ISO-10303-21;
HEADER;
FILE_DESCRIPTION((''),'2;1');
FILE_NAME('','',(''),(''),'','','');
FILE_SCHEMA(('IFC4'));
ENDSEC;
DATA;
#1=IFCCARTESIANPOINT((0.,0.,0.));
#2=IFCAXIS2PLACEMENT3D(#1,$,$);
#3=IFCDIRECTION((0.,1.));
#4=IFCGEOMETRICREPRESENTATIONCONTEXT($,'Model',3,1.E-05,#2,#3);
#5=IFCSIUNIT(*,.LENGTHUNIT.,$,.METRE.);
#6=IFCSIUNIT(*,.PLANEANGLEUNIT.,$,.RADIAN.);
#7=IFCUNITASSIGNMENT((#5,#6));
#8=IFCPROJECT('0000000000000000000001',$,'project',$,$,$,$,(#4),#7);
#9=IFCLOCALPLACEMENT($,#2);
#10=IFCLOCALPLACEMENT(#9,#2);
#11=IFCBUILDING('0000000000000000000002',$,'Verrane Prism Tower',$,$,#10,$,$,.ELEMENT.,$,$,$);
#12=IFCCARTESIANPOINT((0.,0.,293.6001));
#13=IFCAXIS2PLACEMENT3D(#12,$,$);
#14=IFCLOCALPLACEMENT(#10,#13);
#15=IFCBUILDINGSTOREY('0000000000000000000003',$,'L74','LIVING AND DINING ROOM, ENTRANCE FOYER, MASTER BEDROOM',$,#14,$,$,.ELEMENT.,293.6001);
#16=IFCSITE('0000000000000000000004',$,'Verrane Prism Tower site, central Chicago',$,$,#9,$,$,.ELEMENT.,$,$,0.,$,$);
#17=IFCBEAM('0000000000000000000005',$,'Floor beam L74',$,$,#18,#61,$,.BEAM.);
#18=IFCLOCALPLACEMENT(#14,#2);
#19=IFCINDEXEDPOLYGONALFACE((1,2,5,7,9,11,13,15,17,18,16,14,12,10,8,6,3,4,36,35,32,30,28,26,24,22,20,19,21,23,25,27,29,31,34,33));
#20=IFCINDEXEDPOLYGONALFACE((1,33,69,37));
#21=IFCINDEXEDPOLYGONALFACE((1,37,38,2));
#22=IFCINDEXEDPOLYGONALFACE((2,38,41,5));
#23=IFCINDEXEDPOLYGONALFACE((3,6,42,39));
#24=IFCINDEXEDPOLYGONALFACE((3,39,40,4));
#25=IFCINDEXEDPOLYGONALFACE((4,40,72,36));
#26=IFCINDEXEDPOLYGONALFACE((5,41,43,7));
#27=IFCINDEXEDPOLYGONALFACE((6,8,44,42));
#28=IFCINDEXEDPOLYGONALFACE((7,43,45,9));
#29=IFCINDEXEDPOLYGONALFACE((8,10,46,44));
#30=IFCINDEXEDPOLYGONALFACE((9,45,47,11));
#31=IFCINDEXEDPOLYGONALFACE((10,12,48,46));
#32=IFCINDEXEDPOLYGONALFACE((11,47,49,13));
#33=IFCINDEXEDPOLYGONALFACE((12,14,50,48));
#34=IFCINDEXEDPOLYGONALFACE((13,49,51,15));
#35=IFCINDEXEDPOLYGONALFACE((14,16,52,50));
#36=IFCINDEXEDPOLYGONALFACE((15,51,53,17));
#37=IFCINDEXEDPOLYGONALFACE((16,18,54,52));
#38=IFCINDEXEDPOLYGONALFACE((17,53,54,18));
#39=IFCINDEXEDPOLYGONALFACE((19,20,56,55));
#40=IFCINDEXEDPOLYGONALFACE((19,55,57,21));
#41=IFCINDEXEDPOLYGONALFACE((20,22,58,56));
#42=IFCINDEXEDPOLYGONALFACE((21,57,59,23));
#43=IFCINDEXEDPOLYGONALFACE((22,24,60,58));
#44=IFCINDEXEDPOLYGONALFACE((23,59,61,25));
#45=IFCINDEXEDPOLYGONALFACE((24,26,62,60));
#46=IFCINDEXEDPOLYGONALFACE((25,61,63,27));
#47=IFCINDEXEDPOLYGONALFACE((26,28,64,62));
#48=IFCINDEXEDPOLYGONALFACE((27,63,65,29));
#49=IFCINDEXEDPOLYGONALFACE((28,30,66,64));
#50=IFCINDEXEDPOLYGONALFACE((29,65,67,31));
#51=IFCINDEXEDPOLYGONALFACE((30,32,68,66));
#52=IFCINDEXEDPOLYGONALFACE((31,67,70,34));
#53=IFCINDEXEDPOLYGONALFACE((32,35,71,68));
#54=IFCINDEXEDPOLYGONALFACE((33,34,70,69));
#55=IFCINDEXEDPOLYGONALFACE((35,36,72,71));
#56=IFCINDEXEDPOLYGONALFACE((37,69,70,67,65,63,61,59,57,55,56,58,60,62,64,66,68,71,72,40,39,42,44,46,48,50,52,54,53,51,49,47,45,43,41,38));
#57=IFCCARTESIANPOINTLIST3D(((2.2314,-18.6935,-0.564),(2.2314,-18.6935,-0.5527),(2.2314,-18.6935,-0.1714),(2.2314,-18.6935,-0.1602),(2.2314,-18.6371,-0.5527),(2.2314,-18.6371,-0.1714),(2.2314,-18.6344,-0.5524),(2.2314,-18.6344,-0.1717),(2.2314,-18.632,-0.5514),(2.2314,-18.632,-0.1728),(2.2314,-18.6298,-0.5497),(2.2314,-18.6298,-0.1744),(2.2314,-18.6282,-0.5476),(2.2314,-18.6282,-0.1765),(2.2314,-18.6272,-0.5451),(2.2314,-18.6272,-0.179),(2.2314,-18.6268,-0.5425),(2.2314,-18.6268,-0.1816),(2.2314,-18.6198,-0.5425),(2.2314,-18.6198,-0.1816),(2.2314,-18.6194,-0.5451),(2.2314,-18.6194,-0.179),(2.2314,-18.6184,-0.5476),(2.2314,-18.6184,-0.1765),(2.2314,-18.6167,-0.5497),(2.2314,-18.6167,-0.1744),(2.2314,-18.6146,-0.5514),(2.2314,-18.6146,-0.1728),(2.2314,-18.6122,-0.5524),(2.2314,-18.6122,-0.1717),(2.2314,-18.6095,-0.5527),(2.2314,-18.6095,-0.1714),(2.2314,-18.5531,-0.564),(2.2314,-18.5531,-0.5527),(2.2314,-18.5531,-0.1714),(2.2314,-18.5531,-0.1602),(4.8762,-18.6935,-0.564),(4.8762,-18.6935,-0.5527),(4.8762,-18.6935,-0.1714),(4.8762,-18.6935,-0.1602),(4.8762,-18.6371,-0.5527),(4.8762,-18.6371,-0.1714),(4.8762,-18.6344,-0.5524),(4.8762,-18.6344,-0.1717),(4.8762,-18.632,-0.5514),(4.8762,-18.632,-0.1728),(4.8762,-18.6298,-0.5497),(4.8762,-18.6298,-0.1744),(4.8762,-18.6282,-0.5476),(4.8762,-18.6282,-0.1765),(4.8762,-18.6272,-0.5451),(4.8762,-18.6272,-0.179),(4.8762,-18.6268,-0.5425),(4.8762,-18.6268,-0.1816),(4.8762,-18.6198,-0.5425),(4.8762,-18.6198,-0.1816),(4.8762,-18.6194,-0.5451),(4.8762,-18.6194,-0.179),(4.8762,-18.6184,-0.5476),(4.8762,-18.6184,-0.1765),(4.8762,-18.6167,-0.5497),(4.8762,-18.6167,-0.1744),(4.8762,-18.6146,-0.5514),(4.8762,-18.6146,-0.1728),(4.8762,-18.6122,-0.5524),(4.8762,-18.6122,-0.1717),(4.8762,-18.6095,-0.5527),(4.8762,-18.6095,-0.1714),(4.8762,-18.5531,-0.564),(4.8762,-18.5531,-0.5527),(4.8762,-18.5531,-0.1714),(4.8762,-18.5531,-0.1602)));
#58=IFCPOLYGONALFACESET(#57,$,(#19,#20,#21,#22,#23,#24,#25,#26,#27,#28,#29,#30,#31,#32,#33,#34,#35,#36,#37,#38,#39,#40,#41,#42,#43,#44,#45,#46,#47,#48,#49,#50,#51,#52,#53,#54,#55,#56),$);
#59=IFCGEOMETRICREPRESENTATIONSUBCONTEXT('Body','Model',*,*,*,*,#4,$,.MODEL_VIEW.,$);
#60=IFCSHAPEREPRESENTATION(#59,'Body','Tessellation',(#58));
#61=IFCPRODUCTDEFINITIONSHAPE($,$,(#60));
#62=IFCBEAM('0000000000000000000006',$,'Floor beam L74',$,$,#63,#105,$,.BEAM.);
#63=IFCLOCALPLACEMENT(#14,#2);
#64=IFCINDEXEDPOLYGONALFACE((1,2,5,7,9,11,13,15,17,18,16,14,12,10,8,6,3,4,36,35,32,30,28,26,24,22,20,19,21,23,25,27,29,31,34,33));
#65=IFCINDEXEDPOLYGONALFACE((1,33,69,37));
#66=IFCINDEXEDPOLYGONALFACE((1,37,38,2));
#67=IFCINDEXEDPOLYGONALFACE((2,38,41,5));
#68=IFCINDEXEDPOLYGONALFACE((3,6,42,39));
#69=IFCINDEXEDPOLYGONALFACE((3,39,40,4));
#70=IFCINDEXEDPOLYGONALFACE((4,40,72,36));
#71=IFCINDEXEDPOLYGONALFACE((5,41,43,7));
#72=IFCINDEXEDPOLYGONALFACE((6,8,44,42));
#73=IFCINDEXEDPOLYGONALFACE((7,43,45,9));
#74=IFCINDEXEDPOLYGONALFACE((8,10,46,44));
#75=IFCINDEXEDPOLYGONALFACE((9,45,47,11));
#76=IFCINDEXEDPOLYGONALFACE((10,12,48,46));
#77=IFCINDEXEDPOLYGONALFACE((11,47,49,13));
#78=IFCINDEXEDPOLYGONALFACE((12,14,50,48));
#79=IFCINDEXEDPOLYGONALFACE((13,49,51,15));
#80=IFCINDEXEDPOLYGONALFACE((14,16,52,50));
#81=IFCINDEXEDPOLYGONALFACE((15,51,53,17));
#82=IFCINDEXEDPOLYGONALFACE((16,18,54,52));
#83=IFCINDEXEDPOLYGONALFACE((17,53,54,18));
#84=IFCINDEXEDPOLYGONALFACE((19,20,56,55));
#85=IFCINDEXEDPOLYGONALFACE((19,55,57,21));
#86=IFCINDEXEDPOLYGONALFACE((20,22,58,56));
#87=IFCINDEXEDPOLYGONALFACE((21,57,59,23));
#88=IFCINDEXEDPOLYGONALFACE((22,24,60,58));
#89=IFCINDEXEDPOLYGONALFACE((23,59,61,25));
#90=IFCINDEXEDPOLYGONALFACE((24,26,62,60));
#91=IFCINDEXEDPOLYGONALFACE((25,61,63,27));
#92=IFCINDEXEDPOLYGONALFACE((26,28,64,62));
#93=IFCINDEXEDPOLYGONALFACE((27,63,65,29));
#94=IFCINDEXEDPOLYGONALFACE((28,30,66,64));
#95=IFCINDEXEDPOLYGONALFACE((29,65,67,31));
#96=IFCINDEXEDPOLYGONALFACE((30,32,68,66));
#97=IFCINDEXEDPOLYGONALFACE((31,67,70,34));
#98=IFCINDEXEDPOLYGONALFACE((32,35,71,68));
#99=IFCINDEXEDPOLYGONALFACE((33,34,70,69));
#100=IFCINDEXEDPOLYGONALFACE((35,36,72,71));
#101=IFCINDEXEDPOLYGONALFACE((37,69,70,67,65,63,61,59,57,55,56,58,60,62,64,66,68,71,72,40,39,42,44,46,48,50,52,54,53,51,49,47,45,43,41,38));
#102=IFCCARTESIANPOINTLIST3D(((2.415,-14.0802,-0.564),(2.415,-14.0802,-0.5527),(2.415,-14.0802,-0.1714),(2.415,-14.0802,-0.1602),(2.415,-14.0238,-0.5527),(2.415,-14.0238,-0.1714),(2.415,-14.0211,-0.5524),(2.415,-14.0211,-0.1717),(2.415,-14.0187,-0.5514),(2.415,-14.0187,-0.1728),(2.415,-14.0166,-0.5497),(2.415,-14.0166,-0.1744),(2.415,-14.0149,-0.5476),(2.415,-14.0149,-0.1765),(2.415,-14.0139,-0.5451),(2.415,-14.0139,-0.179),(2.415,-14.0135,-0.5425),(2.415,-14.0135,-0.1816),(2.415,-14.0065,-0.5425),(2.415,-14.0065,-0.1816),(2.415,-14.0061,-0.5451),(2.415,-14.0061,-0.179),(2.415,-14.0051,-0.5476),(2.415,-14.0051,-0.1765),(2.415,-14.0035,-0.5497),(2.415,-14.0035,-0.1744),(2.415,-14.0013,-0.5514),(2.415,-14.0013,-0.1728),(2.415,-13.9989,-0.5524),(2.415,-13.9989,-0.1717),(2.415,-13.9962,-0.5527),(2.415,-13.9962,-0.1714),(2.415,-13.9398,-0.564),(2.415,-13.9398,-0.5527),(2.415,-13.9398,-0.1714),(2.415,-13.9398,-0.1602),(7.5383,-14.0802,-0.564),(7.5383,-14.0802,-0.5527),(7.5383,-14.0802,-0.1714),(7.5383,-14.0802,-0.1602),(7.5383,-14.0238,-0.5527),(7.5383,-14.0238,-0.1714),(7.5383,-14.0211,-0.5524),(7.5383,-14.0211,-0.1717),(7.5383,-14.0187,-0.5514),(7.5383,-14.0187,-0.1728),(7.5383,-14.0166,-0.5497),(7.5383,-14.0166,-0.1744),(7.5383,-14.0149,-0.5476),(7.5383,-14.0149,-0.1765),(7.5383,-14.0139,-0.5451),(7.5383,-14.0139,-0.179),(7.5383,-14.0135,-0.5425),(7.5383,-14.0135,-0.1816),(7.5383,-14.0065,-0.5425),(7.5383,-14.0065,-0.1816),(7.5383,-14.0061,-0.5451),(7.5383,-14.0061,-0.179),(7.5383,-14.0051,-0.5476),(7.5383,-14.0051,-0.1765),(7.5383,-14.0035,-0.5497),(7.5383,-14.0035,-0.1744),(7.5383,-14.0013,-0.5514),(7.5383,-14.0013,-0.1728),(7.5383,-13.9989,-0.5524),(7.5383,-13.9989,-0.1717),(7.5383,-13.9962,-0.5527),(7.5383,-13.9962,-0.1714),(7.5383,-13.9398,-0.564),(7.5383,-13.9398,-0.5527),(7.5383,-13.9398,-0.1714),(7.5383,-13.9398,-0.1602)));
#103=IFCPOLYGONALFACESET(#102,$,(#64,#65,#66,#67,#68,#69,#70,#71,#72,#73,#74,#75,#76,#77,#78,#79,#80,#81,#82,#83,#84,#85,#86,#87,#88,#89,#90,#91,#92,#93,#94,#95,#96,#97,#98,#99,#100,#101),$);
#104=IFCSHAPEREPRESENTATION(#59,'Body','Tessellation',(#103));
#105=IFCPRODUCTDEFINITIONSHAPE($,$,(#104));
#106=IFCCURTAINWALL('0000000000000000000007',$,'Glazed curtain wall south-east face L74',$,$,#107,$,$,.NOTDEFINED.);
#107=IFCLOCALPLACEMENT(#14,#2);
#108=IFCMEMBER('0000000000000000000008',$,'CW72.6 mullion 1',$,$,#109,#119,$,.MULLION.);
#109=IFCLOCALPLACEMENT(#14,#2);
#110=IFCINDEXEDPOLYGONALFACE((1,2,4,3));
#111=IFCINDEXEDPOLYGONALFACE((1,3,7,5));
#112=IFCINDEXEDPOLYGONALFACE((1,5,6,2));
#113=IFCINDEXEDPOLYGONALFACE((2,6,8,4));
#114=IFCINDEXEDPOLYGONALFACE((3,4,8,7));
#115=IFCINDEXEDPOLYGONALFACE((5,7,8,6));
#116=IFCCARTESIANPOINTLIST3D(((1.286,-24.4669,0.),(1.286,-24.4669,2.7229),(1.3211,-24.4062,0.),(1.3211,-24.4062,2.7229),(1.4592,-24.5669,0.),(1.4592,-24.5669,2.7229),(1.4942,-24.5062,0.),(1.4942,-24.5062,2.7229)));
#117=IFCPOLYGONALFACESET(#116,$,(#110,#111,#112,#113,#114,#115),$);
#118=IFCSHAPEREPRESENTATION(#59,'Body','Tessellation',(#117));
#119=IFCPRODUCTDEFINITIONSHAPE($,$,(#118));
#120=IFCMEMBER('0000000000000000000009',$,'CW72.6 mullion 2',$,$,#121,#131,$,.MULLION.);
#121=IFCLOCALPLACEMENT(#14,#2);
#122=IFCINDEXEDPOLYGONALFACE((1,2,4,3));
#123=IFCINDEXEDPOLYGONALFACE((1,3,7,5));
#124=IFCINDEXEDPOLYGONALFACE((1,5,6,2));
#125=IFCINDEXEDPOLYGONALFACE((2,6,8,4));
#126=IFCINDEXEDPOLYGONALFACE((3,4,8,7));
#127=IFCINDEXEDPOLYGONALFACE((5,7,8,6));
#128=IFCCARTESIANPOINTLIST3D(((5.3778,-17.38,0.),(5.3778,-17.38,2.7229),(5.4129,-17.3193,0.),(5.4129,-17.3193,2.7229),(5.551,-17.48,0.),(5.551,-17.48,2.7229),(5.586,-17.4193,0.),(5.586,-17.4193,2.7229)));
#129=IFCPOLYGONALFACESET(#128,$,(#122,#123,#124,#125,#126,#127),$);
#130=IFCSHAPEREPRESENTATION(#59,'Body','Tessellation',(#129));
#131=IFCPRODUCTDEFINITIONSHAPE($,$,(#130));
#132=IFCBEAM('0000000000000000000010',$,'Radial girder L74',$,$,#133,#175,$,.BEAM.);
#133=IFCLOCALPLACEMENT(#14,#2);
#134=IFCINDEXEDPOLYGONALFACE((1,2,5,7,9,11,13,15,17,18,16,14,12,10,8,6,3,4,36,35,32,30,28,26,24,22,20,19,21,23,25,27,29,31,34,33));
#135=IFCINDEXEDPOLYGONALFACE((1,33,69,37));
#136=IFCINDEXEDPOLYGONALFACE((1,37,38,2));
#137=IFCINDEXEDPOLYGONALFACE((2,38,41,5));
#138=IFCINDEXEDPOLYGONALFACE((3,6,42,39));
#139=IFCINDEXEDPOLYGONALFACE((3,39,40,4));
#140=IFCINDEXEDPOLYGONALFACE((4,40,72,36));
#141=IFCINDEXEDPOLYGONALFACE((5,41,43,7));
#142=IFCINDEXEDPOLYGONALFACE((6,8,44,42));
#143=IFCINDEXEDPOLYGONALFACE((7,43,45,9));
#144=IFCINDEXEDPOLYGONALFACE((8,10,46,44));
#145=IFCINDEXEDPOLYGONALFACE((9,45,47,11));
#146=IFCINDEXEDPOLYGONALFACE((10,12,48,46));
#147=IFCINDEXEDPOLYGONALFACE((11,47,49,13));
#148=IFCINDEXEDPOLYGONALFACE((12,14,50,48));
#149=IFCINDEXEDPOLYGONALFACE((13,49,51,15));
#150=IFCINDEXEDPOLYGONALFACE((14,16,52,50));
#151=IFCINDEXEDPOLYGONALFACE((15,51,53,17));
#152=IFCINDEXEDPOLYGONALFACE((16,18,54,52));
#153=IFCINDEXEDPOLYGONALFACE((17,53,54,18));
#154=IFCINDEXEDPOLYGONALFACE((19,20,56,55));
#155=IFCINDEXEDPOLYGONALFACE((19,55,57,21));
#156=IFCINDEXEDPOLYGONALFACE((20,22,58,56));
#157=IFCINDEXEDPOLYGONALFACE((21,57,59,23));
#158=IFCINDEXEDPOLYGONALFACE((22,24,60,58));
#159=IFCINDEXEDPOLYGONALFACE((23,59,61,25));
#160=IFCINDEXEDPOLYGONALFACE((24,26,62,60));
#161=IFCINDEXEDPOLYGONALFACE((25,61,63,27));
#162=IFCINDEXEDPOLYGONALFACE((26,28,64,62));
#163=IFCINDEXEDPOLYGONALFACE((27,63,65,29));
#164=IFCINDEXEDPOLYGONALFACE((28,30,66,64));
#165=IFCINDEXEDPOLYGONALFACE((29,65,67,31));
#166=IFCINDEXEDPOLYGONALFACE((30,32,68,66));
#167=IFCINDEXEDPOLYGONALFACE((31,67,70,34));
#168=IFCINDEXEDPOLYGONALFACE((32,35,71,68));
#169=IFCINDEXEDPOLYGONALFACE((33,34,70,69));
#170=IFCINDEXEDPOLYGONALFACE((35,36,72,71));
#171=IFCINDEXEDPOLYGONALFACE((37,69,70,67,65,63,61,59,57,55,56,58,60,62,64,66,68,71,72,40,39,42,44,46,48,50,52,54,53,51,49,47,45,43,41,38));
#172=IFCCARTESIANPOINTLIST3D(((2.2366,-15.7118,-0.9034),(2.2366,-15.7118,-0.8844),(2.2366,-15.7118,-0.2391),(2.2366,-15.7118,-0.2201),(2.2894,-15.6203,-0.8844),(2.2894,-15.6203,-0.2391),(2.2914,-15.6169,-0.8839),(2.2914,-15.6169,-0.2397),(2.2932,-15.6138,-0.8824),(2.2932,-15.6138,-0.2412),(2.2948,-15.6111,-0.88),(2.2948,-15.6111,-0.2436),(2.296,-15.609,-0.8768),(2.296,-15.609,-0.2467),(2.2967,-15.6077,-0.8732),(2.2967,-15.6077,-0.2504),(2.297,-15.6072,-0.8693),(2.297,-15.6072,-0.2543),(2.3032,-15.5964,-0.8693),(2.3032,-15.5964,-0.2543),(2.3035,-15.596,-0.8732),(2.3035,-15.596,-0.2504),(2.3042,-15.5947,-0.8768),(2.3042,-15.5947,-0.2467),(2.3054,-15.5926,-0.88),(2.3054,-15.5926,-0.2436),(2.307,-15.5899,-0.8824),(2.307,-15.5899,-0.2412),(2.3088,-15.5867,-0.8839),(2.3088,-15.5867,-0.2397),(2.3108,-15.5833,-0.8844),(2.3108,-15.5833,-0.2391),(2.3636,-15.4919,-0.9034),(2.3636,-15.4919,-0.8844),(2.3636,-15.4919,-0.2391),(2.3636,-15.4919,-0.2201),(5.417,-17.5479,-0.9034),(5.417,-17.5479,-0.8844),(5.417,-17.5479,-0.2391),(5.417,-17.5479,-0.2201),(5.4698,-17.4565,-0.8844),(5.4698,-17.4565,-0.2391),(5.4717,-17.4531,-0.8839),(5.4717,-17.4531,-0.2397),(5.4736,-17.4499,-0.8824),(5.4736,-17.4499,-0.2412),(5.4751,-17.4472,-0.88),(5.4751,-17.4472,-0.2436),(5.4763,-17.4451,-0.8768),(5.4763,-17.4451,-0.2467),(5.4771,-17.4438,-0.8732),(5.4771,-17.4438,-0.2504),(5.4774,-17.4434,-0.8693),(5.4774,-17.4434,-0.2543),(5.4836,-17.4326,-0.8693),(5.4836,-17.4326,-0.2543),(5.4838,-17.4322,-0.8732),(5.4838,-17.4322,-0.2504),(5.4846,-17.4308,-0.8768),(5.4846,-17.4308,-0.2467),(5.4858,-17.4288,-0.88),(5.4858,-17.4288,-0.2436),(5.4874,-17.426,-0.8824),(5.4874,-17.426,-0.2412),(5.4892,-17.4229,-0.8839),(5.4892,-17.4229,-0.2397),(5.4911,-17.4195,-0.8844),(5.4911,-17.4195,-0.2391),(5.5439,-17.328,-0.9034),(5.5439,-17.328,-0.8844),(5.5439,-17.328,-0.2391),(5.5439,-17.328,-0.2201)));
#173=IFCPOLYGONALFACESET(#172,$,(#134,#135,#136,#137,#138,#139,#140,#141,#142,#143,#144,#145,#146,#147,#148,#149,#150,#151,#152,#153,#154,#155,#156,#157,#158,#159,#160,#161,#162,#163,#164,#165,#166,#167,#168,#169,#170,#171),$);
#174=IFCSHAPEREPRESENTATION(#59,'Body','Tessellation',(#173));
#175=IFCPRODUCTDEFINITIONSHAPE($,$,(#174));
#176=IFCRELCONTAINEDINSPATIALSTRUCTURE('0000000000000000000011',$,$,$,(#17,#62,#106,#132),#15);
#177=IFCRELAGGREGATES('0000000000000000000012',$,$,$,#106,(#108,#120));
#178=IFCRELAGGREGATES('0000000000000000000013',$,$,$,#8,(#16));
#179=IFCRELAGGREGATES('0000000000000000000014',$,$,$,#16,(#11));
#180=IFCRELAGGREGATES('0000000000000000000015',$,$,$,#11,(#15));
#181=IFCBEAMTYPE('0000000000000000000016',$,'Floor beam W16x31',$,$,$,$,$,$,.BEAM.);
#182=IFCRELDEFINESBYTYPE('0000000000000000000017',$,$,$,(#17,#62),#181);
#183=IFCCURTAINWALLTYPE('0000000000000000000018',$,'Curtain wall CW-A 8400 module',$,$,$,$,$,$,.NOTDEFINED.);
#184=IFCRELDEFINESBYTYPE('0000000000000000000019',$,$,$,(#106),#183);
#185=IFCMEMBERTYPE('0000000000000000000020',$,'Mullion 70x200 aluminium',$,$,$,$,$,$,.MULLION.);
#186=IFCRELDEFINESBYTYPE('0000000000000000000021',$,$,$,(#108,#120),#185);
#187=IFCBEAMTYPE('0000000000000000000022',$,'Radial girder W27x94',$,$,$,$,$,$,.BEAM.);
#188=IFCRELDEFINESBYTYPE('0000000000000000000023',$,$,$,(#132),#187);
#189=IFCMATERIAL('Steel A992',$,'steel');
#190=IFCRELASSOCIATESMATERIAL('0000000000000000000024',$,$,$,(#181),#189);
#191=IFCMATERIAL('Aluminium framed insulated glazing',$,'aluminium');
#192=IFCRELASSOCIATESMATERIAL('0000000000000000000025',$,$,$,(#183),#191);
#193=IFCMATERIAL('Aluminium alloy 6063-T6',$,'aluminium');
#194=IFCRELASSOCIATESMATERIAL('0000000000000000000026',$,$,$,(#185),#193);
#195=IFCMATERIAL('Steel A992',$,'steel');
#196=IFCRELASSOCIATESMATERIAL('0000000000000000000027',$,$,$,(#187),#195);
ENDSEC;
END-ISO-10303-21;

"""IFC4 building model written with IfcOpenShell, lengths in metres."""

from ifc_helpers import new_model, si_unit, direction, frame, origin, origin_2d, place, context, subcontext, project, spatial, rectangle, i_section, extrude, material, material_profile, profile_set, type_object, element, aggregate, save


model = new_model("IFC4")

# Units and contexts
model_context = context("Model", 3, precision=1e-05, world=origin(), true_north=direction((0.0, 1.0)))
body_context = subcontext(model_context, "Body", "Model", "MODEL_VIEW")
ifc_project = project(units=[si_unit("LENGTHUNIT", "METRE"), si_unit("PLANEANGLEUNIT", "RADIAN")], contexts=[model_context])

# Site, building, storey
site_placement = place(None, origin())
site = spatial("IfcSite", under=ifc_project, at=site_placement, Name="Verrane Prism Tower site, central Chicago", CompositionType="ELEMENT", RefElevation=0.0)
building_placement = place(site_placement, origin())
building = spatial("IfcBuilding", under=site, at=building_placement, Name="Verrane Prism Tower", CompositionType="ELEMENT")
storey_placement = place(building_placement, frame((0.0, 0.0, 293.6001)))
storey = spatial("IfcBuildingStorey", under=building, at=storey_placement, Name="L74", Description="LIVING AND DINING ROOM, ENTRANCE FOYER, MASTER BEDROOM", CompositionType="ELEMENT", Elevation=293.6001)

# Beams
ifc_material_1 = material(Name="Steel A992", Category="steel")
ifc_material_profile_1 = material_profile(ifc_material_1, i_section(OverallWidth=0.1404, OverallDepth=0.4038, WebThickness=0.0071, FlangeThickness=0.0112, FilletRadius=0.0103, at=origin_2d()), Name="W16x31")
ifc_profile_set_1 = profile_set([ifc_material_profile_1], Name="Steel A992")
beam_type_1 = type_object("IfcBeamType", Name="Floor beam W16x31", PredefinedType="BEAM", material=ifc_profile_set_1)
beam_1_placement = place(storey_placement, frame((2.2314, -18.6233, -0.3621), z_axis=(1.0, 0.0, 0.0), x_axis=(0.0, 1.0, 0.0)))
element("IfcBeam", 1, at=beam_1_placement, inside=storey, type_object=beam_type_1, Name="Floor beam L74", PredefinedType="BEAM", context=body_context, shape_type="SweptSolid", body=[
    extrude(i_section(OverallWidth=0.1404, OverallDepth=0.4038, WebThickness=0.0071, FlangeThickness=0.0112, FilletRadius=0.0103, at=origin_2d()), origin(), (0.0, 0.0, 1.0), 2.6448),
])
beam_2_placement = place(storey_placement, frame((2.415, -14.01, -0.3621), z_axis=(1.0, 0.0, 0.0), x_axis=(0.0, 1.0, 0.0)))
element("IfcBeam", 2, at=beam_2_placement, inside=storey, type_object=beam_type_1, Name="Floor beam L74", PredefinedType="BEAM", context=body_context, shape_type="SweptSolid", body=[
    extrude(i_section(OverallWidth=0.1404, OverallDepth=0.4038, WebThickness=0.0071, FlangeThickness=0.0112, FilletRadius=0.0103, at=origin_2d()), origin(), (0.0, 0.0, 1.0), 5.1233),
])

# Curtain wall, members
ifc_material_2 = material(Name="Aluminium framed insulated glazing", Category="aluminium")
curtain_wall_type = type_object("IfcCurtainWallType", Name="Curtain wall CW-A 8400 module", PredefinedType="NOTDEFINED", material=ifc_material_2)
curtain_wall_1_placement = place(storey_placement, origin())
curtain_wall_1 = element("IfcCurtainWall", 3, at=curtain_wall_1_placement, inside=storey, type_object=curtain_wall_type, Name="Glazed curtain wall south-east face L74", PredefinedType="NOTDEFINED")
ifc_material_3 = material(Name="Aluminium alloy 6063-T6", Category="aluminium")
ifc_material_profile_2 = material_profile(ifc_material_3, rectangle(XDim=0.2, YDim=0.0701, at=origin_2d()), Name="Mullion 70x200 aluminium")
ifc_profile_set_2 = profile_set([ifc_material_profile_2], Name="Aluminium alloy 6063-T6")
member_type_1 = type_object("IfcMemberType", Name="Mullion 70x200 aluminium", PredefinedType="MULLION", material=ifc_profile_set_2)
member_1_placement = place(storey_placement, frame((1.3901, -24.4866, 0.0), z_axis=(0.0, 0.0, 1.0), x_axis=(-0.866025, 0.500001, 0.0)))
member_1 = element("IfcMember", 4, at=member_1_placement, type_object=member_type_1, Name="CW72.6 mullion 1", PredefinedType="MULLION", context=body_context, shape_type="SweptSolid", body=[
    extrude(rectangle(XDim=0.2, YDim=0.0701, at=origin_2d()), origin(), (0.0, 0.0, 1.0), 2.7229),
])
member_2_placement = place(storey_placement, frame((5.4819, -17.3997, 0.0), z_axis=(0.0, 0.0, 1.0), x_axis=(-0.866025, 0.500001, 0.0)))
member_2 = element("IfcMember", 5, at=member_2_placement, type_object=member_type_1, Name="CW72.6 mullion 2", PredefinedType="MULLION", context=body_context, shape_type="SweptSolid", body=[
    extrude(rectangle(XDim=0.2, YDim=0.0701, at=origin_2d()), origin(), (0.0, 0.0, 1.0), 2.7229),
])

# Beam
ifc_material_4 = material(Name="Steel A992", Category="steel")
ifc_material_profile_3 = material_profile(ifc_material_4, i_section(OverallWidth=0.2539, OverallDepth=0.6833, WebThickness=0.0125, FlangeThickness=0.019, FilletRadius=0.0151, at=origin_2d()), Name="W27x94")
ifc_profile_set_3 = profile_set([ifc_material_profile_3], Name="Steel A992")
beam_type_2 = type_object("IfcBeamType", Name="Radial girder W27x94", PredefinedType="BEAM", material=ifc_profile_set_3)
beam_3_placement = place(storey_placement, frame((5.4805, -17.438, -0.5618), z_axis=(-0.866029, 0.499993, 0.0), x_axis=(-0.499993, -0.866029, 0.0)))
element("IfcBeam", 6, at=beam_3_placement, inside=storey, type_object=beam_type_2, Name="Radial girder L74", PredefinedType="BEAM", context=body_context, shape_type="SweptSolid", body=[
    extrude(i_section(OverallWidth=0.2539, OverallDepth=0.6833, WebThickness=0.0125, FlangeThickness=0.019, FilletRadius=0.0151, at=origin_2d()), origin(), (0.0, 0.0, 1.0), 3.6724),
])

aggregate(curtain_wall_1, [member_1, member_2])

save(model, "model.ifc")
